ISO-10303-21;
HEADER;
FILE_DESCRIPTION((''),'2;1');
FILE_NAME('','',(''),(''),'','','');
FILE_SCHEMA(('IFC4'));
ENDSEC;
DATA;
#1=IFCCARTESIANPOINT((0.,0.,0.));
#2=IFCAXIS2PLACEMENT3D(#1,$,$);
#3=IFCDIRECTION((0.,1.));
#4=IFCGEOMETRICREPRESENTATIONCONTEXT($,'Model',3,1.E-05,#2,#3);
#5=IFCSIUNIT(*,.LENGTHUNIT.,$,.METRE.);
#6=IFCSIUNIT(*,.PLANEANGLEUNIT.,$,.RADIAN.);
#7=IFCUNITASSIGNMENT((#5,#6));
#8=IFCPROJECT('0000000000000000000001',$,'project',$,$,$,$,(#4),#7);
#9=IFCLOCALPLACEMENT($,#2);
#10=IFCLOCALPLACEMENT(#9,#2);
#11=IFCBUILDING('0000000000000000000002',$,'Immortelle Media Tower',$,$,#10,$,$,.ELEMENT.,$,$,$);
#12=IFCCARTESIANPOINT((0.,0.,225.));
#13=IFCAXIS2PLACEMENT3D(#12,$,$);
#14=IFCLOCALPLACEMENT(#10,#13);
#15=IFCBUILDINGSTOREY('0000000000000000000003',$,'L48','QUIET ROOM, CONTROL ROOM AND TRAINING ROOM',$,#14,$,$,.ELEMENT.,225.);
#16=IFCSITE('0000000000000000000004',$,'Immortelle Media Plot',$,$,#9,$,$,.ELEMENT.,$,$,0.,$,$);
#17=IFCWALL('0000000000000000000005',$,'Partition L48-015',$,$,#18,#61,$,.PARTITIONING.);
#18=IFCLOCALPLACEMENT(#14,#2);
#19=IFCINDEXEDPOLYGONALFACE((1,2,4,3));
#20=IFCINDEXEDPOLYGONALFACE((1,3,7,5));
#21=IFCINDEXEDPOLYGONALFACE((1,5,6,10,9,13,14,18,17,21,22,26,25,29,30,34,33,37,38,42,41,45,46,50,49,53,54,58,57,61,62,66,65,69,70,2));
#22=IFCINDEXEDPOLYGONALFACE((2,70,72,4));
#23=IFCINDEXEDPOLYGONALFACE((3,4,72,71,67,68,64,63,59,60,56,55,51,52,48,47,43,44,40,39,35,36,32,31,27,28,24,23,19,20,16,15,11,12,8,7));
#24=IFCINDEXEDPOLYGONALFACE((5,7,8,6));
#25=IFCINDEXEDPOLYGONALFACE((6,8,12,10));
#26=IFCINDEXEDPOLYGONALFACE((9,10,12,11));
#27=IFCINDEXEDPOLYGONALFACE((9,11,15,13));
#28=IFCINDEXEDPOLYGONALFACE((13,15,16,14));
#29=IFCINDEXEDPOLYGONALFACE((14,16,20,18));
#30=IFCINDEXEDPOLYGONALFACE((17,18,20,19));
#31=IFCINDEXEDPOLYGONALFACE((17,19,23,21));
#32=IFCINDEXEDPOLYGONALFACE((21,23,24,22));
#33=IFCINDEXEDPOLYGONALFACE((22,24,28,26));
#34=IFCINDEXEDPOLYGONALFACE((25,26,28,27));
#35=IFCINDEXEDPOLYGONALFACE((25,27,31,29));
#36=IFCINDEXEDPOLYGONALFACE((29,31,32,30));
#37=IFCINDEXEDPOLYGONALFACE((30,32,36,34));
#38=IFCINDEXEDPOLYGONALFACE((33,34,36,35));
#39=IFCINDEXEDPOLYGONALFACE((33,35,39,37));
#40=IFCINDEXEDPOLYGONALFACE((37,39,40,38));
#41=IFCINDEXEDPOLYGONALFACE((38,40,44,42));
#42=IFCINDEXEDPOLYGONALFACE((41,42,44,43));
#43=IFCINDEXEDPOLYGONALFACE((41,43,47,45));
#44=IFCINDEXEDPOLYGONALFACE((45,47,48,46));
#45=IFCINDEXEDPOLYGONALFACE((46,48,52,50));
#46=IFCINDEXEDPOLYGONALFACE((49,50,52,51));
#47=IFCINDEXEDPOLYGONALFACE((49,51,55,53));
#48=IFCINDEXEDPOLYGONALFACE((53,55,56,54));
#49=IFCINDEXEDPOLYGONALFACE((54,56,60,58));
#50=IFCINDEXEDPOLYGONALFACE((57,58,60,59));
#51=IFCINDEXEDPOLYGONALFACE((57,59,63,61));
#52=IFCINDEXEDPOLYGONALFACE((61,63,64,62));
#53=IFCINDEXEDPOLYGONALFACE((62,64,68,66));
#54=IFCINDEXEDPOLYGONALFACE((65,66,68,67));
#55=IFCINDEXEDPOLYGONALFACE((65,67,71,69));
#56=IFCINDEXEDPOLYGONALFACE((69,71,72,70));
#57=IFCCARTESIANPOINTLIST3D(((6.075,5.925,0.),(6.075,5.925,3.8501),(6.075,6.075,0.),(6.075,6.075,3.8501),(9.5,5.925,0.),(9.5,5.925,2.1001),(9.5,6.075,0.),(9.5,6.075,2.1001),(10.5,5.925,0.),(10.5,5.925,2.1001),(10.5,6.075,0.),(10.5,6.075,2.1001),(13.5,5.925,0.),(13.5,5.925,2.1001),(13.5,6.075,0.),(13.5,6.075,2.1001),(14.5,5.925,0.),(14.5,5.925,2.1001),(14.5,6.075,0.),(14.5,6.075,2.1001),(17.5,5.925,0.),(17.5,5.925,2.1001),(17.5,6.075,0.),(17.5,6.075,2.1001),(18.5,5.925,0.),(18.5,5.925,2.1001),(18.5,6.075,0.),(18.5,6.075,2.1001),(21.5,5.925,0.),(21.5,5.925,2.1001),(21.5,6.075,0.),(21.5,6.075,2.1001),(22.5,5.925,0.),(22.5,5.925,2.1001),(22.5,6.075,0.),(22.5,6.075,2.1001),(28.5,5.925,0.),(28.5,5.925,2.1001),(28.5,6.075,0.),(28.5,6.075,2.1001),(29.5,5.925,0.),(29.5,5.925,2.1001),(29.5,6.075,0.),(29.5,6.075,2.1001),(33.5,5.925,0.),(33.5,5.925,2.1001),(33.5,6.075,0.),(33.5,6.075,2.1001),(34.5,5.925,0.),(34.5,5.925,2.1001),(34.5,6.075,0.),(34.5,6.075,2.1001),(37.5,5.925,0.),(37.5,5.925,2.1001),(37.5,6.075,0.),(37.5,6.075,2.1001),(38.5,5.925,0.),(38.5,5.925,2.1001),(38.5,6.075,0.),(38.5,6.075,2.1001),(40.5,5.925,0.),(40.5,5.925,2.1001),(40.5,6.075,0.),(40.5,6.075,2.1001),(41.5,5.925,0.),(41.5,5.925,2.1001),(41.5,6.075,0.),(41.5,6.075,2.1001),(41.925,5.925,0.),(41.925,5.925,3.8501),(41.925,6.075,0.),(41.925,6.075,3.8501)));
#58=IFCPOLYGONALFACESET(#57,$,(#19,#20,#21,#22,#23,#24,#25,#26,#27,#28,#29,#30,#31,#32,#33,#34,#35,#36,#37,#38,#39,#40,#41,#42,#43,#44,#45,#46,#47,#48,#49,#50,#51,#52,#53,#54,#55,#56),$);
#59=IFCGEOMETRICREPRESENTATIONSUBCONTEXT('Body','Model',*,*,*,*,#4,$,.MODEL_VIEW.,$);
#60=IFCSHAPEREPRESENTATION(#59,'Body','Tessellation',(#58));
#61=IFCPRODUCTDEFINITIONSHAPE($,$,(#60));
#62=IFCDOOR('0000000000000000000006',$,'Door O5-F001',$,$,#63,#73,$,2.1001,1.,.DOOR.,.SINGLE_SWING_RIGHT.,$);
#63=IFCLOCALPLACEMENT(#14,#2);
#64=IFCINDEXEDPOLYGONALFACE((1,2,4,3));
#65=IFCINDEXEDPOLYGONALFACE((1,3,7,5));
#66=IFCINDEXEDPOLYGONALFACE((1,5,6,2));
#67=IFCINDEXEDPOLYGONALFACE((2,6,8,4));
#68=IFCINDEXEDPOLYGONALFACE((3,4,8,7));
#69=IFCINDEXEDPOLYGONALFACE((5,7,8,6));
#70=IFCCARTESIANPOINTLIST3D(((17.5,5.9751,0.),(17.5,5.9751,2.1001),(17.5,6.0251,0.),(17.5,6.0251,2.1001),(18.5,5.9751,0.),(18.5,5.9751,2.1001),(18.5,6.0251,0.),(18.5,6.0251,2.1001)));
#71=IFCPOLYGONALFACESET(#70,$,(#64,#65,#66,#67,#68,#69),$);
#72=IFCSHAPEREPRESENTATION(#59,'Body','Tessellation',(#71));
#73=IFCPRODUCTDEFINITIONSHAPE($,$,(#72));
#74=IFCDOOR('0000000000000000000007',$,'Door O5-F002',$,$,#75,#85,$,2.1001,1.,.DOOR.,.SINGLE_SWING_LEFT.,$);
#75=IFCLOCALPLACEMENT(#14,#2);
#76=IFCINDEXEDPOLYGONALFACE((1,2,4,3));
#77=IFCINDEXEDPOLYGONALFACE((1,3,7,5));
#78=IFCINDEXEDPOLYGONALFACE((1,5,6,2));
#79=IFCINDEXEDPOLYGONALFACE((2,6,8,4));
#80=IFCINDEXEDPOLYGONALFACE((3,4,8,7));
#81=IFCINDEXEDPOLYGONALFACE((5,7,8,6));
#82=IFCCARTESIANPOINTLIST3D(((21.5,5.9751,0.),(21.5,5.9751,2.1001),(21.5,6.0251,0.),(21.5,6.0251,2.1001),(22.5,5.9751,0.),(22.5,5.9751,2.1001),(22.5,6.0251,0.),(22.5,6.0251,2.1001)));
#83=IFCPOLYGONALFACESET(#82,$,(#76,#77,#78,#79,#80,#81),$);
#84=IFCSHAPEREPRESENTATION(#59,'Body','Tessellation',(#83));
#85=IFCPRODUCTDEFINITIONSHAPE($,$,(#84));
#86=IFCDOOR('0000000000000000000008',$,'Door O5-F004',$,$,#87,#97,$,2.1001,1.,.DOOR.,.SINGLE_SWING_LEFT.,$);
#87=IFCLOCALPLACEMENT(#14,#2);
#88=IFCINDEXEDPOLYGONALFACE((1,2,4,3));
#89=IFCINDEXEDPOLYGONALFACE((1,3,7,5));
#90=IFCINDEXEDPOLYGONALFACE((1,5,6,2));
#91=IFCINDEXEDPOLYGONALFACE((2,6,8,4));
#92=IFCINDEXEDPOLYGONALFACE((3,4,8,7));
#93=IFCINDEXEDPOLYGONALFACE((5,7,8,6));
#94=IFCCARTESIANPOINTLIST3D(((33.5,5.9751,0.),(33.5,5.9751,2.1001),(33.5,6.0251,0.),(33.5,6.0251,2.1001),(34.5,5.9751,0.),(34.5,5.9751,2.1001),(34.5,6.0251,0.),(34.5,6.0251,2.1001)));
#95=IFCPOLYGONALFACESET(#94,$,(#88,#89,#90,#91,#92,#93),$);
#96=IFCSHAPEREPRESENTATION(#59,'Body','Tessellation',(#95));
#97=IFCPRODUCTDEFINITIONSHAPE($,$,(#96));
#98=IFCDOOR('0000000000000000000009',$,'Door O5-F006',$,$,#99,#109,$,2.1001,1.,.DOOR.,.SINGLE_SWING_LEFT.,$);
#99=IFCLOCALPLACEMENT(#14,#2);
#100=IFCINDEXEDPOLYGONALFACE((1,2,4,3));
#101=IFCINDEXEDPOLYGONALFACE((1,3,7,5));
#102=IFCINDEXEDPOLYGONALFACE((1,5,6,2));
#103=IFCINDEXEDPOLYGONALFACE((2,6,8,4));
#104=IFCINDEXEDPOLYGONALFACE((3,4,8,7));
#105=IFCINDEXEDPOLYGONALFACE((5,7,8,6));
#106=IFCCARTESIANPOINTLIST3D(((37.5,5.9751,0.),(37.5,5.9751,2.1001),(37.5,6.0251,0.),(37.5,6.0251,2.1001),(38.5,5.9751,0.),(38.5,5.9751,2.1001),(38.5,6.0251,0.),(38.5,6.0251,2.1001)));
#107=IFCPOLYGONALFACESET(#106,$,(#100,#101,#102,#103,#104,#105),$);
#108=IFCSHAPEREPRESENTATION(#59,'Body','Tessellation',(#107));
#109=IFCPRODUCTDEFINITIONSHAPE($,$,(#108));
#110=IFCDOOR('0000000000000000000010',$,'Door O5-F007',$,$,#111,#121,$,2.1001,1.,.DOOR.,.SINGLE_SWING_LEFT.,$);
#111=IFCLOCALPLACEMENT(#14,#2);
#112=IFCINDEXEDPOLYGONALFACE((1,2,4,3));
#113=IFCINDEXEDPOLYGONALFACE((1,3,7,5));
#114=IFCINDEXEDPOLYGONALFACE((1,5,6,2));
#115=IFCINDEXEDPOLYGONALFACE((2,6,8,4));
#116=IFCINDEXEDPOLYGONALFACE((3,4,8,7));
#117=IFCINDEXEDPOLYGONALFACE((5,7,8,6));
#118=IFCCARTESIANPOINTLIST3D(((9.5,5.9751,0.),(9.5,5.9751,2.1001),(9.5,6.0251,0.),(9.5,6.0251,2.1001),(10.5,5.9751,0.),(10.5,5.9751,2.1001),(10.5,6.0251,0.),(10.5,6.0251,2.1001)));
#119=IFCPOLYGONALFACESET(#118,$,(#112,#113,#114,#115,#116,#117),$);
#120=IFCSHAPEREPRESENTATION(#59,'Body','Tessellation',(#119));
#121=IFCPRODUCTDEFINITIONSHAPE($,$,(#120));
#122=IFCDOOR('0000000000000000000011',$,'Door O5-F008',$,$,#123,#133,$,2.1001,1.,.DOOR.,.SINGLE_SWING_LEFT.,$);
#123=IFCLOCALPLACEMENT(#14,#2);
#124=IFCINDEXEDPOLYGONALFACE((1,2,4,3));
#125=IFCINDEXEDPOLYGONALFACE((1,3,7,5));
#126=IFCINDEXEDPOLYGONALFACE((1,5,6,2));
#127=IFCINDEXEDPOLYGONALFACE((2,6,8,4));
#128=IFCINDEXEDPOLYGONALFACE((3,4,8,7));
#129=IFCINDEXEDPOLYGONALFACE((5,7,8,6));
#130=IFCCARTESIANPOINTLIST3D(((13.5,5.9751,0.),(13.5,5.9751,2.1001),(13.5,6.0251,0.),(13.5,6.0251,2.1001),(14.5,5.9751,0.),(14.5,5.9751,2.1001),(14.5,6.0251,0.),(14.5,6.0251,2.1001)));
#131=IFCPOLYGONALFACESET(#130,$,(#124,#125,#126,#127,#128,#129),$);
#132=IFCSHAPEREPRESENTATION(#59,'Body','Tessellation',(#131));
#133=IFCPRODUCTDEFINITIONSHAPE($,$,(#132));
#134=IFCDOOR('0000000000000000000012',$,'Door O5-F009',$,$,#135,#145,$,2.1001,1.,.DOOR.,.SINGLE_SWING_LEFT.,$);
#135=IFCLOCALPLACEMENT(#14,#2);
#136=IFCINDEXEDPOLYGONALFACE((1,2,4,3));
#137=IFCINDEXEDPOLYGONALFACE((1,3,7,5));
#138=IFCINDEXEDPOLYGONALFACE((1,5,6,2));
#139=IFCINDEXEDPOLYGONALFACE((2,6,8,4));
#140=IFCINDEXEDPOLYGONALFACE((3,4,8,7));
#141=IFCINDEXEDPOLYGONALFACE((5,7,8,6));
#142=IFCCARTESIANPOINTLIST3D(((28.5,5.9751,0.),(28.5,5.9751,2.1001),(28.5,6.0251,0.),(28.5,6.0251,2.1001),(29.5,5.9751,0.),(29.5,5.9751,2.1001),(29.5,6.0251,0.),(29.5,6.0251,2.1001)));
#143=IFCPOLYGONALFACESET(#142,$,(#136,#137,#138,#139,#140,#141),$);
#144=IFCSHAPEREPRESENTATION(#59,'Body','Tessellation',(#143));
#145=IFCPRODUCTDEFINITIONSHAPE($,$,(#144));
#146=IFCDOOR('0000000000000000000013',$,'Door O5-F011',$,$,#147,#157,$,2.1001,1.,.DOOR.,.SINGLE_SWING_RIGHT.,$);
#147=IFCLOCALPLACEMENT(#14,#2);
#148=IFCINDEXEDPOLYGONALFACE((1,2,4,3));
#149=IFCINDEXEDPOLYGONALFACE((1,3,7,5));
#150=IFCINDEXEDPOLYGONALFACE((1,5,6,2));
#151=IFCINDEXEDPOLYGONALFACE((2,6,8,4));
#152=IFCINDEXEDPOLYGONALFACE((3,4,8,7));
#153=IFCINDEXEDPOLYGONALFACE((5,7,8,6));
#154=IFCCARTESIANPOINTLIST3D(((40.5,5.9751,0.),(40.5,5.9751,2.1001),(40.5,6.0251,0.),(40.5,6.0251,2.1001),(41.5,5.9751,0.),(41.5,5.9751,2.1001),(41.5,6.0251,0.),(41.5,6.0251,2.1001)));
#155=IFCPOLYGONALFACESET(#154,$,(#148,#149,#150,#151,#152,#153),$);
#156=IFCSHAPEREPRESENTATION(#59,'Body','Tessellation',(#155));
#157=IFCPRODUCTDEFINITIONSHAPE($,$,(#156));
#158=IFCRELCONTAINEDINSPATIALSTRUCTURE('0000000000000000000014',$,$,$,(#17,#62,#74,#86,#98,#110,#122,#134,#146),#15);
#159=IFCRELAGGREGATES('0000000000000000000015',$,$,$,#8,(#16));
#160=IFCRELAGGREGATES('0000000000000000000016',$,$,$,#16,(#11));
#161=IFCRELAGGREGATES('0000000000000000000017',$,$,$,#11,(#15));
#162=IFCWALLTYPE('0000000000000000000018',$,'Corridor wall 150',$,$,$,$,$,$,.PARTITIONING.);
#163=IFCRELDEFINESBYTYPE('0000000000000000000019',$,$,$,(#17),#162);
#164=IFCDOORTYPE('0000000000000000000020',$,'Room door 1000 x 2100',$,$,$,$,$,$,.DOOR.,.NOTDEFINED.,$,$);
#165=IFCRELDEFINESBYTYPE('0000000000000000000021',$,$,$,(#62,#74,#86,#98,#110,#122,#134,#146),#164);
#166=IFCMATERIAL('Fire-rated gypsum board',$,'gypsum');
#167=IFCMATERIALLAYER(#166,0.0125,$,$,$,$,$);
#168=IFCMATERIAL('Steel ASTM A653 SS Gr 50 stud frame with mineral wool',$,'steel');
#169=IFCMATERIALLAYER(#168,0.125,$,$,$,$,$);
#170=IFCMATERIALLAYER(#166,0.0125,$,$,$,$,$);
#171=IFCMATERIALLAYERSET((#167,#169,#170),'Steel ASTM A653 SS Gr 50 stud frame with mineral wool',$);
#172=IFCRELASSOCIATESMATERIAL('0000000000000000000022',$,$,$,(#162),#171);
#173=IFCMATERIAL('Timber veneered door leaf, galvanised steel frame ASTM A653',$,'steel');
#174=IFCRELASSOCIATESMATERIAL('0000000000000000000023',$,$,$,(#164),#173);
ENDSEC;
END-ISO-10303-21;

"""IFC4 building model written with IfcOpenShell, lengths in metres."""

from ifc_helpers import new_model, si_unit, direction, frame, frame_2d, origin, place, context, subcontext, project, spatial, rectangle, extrude, material, layer, layer_set, type_object, element, fill, save


model = new_model("IFC4")

# Units and contexts
model_context = context("Model", 3, precision=1e-05, world=origin(), true_north=direction((0.0, 1.0)))
body_context = subcontext(model_context, "Body", "Model", "MODEL_VIEW")
ifc_project = project(units=[si_unit("LENGTHUNIT", "METRE"), si_unit("PLANEANGLEUNIT", "RADIAN")], contexts=[model_context])

# Site, building, storey
site_placement = place(None, origin())
site = spatial("IfcSite", under=ifc_project, at=site_placement, Name="Immortelle Media Plot", CompositionType="ELEMENT", RefElevation=0.0)
building_placement = place(site_placement, origin())
building = spatial("IfcBuilding", under=site, at=building_placement, Name="Immortelle Media Tower", CompositionType="ELEMENT")
storey_placement = place(building_placement, frame((0.0, 0.0, 225.0)))
storey = spatial("IfcBuildingStorey", under=building, at=storey_placement, Name="L48", Description="QUIET ROOM, CONTROL ROOM AND TRAINING ROOM", CompositionType="ELEMENT", Elevation=225.0)

# Wall, openings, doors
ifc_material_1 = material(Name="Fire-rated gypsum board", Category="gypsum")
ifc_layer_1 = layer(ifc_material_1, 0.0125)
ifc_material_2 = material(Name="Steel ASTM A653 SS Gr 50 stud frame with mineral wool", Category="steel")
ifc_layer_2 = layer(ifc_material_2, 0.125)
ifc_layer_3 = layer(ifc_material_1, 0.0125)
ifc_layer_set_1 = layer_set([ifc_layer_1, ifc_layer_2, ifc_layer_3], Name="Steel ASTM A653 SS Gr 50 stud frame with mineral wool")
wall_type_1 = type_object("IfcWallType", Name="Corridor wall 150", PredefinedType="PARTITIONING", material=ifc_layer_set_1)
wall_1_placement = place(storey_placement, frame((6.075, 6.0, 0.0), z_axis=(0.0, 0.0, 1.0), x_axis=(1.0, 0.0, 0.0)))
wall_1 = element("IfcWall", 1, at=wall_1_placement, inside=storey, type_object=wall_type_1, Name="Partition L48-015", PredefinedType="PARTITIONING", context=body_context, shape_type="SweptSolid", body=[
    extrude(rectangle(XDim=35.8501, YDim=0.1499, at=frame_2d((17.925, 0.0))), origin(), (0.0, 0.0, 1.0), 3.8501),
])
opening_1_placement = place(wall_1_placement, frame((12.425, 0.0, 0.0), z_axis=(0.0, 0.0, 1.0), x_axis=(-1.0, 0.0, 0.0)))
opening_1 = element("IfcOpeningElement", 2, at=opening_1_placement, cuts=wall_1, PredefinedType="OPENING", context=body_context, shape_type="SweptSolid", body=[
    extrude(rectangle(XDim=1.0, YDim=2.1001, at=frame_2d((0.5, 1.05))), frame((0.0, 0.085, 0.0), z_axis=(0.0, -1.0, 0.0), x_axis=(1.0, 0.0, 0.0)), (0.0, 0.0, 1.0), 0.1699),
])
opening_2_placement = place(wall_1_placement, frame((16.425, 0.0, 0.0), z_axis=(0.0, 0.0, 1.0), x_axis=(-1.0, 0.0, 0.0)))
opening_2 = element("IfcOpeningElement", 3, at=opening_2_placement, cuts=wall_1, PredefinedType="OPENING", context=body_context, shape_type="SweptSolid", body=[
    extrude(rectangle(XDim=1.0, YDim=2.1001, at=frame_2d((0.5, 1.05))), frame((0.0, 0.085, 0.0), z_axis=(0.0, -1.0, 0.0), x_axis=(1.0, 0.0, 0.0)), (0.0, 0.0, 1.0), 0.1699),
])
opening_3_placement = place(wall_1_placement, frame((28.425, 0.0, 0.0), z_axis=(0.0, 0.0, 1.0), x_axis=(-1.0, 0.0, 0.0)))
opening_3 = element("IfcOpeningElement", 4, at=opening_3_placement, cuts=wall_1, PredefinedType="OPENING", context=body_context, shape_type="SweptSolid", body=[
    extrude(rectangle(XDim=1.0, YDim=2.1001, at=frame_2d((0.5, 1.05))), frame((0.0, 0.085, 0.0), z_axis=(0.0, -1.0, 0.0), x_axis=(1.0, 0.0, 0.0)), (0.0, 0.0, 1.0), 0.1699),
])
opening_4_placement = place(wall_1_placement, frame((32.425, 0.0, 0.0), z_axis=(0.0, 0.0, 1.0), x_axis=(-1.0, 0.0, 0.0)))
opening_4 = element("IfcOpeningElement", 5, at=opening_4_placement, cuts=wall_1, PredefinedType="OPENING", context=body_context, shape_type="SweptSolid", body=[
    extrude(rectangle(XDim=1.0, YDim=2.1001, at=frame_2d((0.5, 1.05))), frame((0.0, 0.085, 0.0), z_axis=(0.0, -1.0, 0.0), x_axis=(1.0, 0.0, 0.0)), (0.0, 0.0, 1.0), 0.1699),
])
opening_5_placement = place(wall_1_placement, frame((4.425, 0.0, 0.0), z_axis=(0.0, 0.0, 1.0), x_axis=(-1.0, 0.0, 0.0)))
opening_5 = element("IfcOpeningElement", 6, at=opening_5_placement, cuts=wall_1, PredefinedType="OPENING", context=body_context, shape_type="SweptSolid", body=[
    extrude(rectangle(XDim=1.0, YDim=2.1001, at=frame_2d((0.5, 1.05))), frame((0.0, 0.085, 0.0), z_axis=(0.0, -1.0, 0.0), x_axis=(1.0, 0.0, 0.0)), (0.0, 0.0, 1.0), 0.1699),
])
opening_6_placement = place(wall_1_placement, frame((8.425, 0.0, 0.0), z_axis=(0.0, 0.0, 1.0), x_axis=(-1.0, 0.0, 0.0)))
opening_6 = element("IfcOpeningElement", 7, at=opening_6_placement, cuts=wall_1, PredefinedType="OPENING", context=body_context, shape_type="SweptSolid", body=[
    extrude(rectangle(XDim=1.0, YDim=2.1001, at=frame_2d((0.5, 1.05))), frame((0.0, 0.085, 0.0), z_axis=(0.0, -1.0, 0.0), x_axis=(1.0, 0.0, 0.0)), (0.0, 0.0, 1.0), 0.1699),
])
opening_7_placement = place(wall_1_placement, frame((23.425, 0.0, 0.0), z_axis=(0.0, 0.0, 1.0), x_axis=(-1.0, 0.0, 0.0)))
opening_7 = element("IfcOpeningElement", 8, at=opening_7_placement, cuts=wall_1, PredefinedType="OPENING", context=body_context, shape_type="SweptSolid", body=[
    extrude(rectangle(XDim=1.0, YDim=2.1001, at=frame_2d((0.5, 1.05))), frame((0.0, 0.085, 0.0), z_axis=(0.0, -1.0, 0.0), x_axis=(1.0, 0.0, 0.0)), (0.0, 0.0, 1.0), 0.1699),
])
opening_8_placement = place(wall_1_placement, frame((35.425, 0.0, 0.0), z_axis=(0.0, 0.0, 1.0), x_axis=(-1.0, 0.0, 0.0)))
opening_8 = element("IfcOpeningElement", 9, at=opening_8_placement, cuts=wall_1, PredefinedType="OPENING", context=body_context, shape_type="SweptSolid", body=[
    extrude(rectangle(XDim=1.0, YDim=2.1001, at=frame_2d((0.5, 1.05))), frame((0.0, 0.085, 0.0), z_axis=(0.0, -1.0, 0.0), x_axis=(1.0, 0.0, 0.0)), (0.0, 0.0, 1.0), 0.1699),
])
ifc_material_3 = material(Name="Timber veneered door leaf, galvanised steel frame ASTM A653", Category="steel")
door_type = type_object("IfcDoorType", Name="Room door 1000 x 2100", OperationType="NOTDEFINED", PredefinedType="DOOR", material=ifc_material_3)
door_1_placement = place(opening_1_placement, origin())
door_1 = element("IfcDoor", 10, at=door_1_placement, inside=storey, type_object=door_type, Name="Door O5-F001", OperationType="SINGLE_SWING_RIGHT", OverallHeight=2.1001, OverallWidth=1.0, PredefinedType="DOOR", context=body_context, shape_type="SweptSolid", body=[
    extrude(rectangle(XDim=1.0, YDim=2.1001, at=frame_2d((0.5, 1.05))), frame((0.0, 0.0249, 0.0), z_axis=(0.0, -1.0, 0.0), x_axis=(1.0, 0.0, 0.0)), (0.0, 0.0, 1.0), 0.05),
])
fill(opening_1, door_1)
door_2_placement = place(opening_2_placement, origin())
door_2 = element("IfcDoor", 11, at=door_2_placement, inside=storey, type_object=door_type, Name="Door O5-F002", OperationType="SINGLE_SWING_LEFT", OverallHeight=2.1001, OverallWidth=1.0, PredefinedType="DOOR", context=body_context, shape_type="SweptSolid", body=[
    extrude(rectangle(XDim=1.0, YDim=2.1001, at=frame_2d((0.5, 1.05))), frame((0.0, 0.0249, 0.0), z_axis=(0.0, -1.0, 0.0), x_axis=(1.0, 0.0, 0.0)), (0.0, 0.0, 1.0), 0.05),
])
fill(opening_2, door_2)
door_3_placement = place(opening_3_placement, origin())
door_3 = element("IfcDoor", 12, at=door_3_placement, inside=storey, type_object=door_type, Name="Door O5-F004", OperationType="SINGLE_SWING_LEFT", OverallHeight=2.1001, OverallWidth=1.0, PredefinedType="DOOR", context=body_context, shape_type="SweptSolid", body=[
    extrude(rectangle(XDim=1.0, YDim=2.1001, at=frame_2d((0.5, 1.05))), frame((0.0, 0.0249, 0.0), z_axis=(0.0, -1.0, 0.0), x_axis=(1.0, 0.0, 0.0)), (0.0, 0.0, 1.0), 0.05),
])
fill(opening_3, door_3)
door_4_placement = place(opening_4_placement, origin())
door_4 = element("IfcDoor", 13, at=door_4_placement, inside=storey, type_object=door_type, Name="Door O5-F006", OperationType="SINGLE_SWING_LEFT", OverallHeight=2.1001, OverallWidth=1.0, PredefinedType="DOOR", context=body_context, shape_type="SweptSolid", body=[
    extrude(rectangle(XDim=1.0, YDim=2.1001, at=frame_2d((0.5, 1.05))), frame((0.0, 0.0249, 0.0), z_axis=(0.0, -1.0, 0.0), x_axis=(1.0, 0.0, 0.0)), (0.0, 0.0, 1.0), 0.05),
])
fill(opening_4, door_4)
door_5_placement = place(opening_5_placement, origin())
door_5 = element("IfcDoor", 14, at=door_5_placement, inside=storey, type_object=door_type, Name="Door O5-F007", OperationType="SINGLE_SWING_LEFT", OverallHeight=2.1001, OverallWidth=1.0, PredefinedType="DOOR", context=body_context, shape_type="SweptSolid", body=[
    extrude(rectangle(XDim=1.0, YDim=2.1001, at=frame_2d((0.5, 1.05))), frame((0.0, 0.0249, 0.0), z_axis=(0.0, -1.0, 0.0), x_axis=(1.0, 0.0, 0.0)), (0.0, 0.0, 1.0), 0.05),
])
fill(opening_5, door_5)
door_6_placement = place(opening_6_placement, origin())
door_6 = element("IfcDoor", 15, at=door_6_placement, inside=storey, type_object=door_type, Name="Door O5-F008", OperationType="SINGLE_SWING_LEFT", OverallHeight=2.1001, OverallWidth=1.0, PredefinedType="DOOR", context=body_context, shape_type="SweptSolid", body=[
    extrude(rectangle(XDim=1.0, YDim=2.1001, at=frame_2d((0.5, 1.05))), frame((0.0, 0.0249, 0.0), z_axis=(0.0, -1.0, 0.0), x_axis=(1.0, 0.0, 0.0)), (0.0, 0.0, 1.0), 0.05),
])
fill(opening_6, door_6)
door_7_placement = place(opening_7_placement, origin())
door_7 = element("IfcDoor", 16, at=door_7_placement, inside=storey, type_object=door_type, Name="Door O5-F009", OperationType="SINGLE_SWING_LEFT", OverallHeight=2.1001, OverallWidth=1.0, PredefinedType="DOOR", context=body_context, shape_type="SweptSolid", body=[
    extrude(rectangle(XDim=1.0, YDim=2.1001, at=frame_2d((0.5, 1.05))), frame((0.0, 0.0249, 0.0), z_axis=(0.0, -1.0, 0.0), x_axis=(1.0, 0.0, 0.0)), (0.0, 0.0, 1.0), 0.05),
])
fill(opening_7, door_7)
door_8_placement = place(opening_8_placement, origin())
door_8 = element("IfcDoor", 17, at=door_8_placement, inside=storey, type_object=door_type, Name="Door O5-F011", OperationType="SINGLE_SWING_RIGHT", OverallHeight=2.1001, OverallWidth=1.0, PredefinedType="DOOR", context=body_context, shape_type="SweptSolid", body=[
    extrude(rectangle(XDim=1.0, YDim=2.1001, at=frame_2d((0.5, 1.05))), frame((0.0, 0.0249, 0.0), z_axis=(0.0, -1.0, 0.0), x_axis=(1.0, 0.0, 0.0)), (0.0, 0.0, 1.0), 0.05),
])
fill(opening_8, door_8)

save(model, "model.ifc")
